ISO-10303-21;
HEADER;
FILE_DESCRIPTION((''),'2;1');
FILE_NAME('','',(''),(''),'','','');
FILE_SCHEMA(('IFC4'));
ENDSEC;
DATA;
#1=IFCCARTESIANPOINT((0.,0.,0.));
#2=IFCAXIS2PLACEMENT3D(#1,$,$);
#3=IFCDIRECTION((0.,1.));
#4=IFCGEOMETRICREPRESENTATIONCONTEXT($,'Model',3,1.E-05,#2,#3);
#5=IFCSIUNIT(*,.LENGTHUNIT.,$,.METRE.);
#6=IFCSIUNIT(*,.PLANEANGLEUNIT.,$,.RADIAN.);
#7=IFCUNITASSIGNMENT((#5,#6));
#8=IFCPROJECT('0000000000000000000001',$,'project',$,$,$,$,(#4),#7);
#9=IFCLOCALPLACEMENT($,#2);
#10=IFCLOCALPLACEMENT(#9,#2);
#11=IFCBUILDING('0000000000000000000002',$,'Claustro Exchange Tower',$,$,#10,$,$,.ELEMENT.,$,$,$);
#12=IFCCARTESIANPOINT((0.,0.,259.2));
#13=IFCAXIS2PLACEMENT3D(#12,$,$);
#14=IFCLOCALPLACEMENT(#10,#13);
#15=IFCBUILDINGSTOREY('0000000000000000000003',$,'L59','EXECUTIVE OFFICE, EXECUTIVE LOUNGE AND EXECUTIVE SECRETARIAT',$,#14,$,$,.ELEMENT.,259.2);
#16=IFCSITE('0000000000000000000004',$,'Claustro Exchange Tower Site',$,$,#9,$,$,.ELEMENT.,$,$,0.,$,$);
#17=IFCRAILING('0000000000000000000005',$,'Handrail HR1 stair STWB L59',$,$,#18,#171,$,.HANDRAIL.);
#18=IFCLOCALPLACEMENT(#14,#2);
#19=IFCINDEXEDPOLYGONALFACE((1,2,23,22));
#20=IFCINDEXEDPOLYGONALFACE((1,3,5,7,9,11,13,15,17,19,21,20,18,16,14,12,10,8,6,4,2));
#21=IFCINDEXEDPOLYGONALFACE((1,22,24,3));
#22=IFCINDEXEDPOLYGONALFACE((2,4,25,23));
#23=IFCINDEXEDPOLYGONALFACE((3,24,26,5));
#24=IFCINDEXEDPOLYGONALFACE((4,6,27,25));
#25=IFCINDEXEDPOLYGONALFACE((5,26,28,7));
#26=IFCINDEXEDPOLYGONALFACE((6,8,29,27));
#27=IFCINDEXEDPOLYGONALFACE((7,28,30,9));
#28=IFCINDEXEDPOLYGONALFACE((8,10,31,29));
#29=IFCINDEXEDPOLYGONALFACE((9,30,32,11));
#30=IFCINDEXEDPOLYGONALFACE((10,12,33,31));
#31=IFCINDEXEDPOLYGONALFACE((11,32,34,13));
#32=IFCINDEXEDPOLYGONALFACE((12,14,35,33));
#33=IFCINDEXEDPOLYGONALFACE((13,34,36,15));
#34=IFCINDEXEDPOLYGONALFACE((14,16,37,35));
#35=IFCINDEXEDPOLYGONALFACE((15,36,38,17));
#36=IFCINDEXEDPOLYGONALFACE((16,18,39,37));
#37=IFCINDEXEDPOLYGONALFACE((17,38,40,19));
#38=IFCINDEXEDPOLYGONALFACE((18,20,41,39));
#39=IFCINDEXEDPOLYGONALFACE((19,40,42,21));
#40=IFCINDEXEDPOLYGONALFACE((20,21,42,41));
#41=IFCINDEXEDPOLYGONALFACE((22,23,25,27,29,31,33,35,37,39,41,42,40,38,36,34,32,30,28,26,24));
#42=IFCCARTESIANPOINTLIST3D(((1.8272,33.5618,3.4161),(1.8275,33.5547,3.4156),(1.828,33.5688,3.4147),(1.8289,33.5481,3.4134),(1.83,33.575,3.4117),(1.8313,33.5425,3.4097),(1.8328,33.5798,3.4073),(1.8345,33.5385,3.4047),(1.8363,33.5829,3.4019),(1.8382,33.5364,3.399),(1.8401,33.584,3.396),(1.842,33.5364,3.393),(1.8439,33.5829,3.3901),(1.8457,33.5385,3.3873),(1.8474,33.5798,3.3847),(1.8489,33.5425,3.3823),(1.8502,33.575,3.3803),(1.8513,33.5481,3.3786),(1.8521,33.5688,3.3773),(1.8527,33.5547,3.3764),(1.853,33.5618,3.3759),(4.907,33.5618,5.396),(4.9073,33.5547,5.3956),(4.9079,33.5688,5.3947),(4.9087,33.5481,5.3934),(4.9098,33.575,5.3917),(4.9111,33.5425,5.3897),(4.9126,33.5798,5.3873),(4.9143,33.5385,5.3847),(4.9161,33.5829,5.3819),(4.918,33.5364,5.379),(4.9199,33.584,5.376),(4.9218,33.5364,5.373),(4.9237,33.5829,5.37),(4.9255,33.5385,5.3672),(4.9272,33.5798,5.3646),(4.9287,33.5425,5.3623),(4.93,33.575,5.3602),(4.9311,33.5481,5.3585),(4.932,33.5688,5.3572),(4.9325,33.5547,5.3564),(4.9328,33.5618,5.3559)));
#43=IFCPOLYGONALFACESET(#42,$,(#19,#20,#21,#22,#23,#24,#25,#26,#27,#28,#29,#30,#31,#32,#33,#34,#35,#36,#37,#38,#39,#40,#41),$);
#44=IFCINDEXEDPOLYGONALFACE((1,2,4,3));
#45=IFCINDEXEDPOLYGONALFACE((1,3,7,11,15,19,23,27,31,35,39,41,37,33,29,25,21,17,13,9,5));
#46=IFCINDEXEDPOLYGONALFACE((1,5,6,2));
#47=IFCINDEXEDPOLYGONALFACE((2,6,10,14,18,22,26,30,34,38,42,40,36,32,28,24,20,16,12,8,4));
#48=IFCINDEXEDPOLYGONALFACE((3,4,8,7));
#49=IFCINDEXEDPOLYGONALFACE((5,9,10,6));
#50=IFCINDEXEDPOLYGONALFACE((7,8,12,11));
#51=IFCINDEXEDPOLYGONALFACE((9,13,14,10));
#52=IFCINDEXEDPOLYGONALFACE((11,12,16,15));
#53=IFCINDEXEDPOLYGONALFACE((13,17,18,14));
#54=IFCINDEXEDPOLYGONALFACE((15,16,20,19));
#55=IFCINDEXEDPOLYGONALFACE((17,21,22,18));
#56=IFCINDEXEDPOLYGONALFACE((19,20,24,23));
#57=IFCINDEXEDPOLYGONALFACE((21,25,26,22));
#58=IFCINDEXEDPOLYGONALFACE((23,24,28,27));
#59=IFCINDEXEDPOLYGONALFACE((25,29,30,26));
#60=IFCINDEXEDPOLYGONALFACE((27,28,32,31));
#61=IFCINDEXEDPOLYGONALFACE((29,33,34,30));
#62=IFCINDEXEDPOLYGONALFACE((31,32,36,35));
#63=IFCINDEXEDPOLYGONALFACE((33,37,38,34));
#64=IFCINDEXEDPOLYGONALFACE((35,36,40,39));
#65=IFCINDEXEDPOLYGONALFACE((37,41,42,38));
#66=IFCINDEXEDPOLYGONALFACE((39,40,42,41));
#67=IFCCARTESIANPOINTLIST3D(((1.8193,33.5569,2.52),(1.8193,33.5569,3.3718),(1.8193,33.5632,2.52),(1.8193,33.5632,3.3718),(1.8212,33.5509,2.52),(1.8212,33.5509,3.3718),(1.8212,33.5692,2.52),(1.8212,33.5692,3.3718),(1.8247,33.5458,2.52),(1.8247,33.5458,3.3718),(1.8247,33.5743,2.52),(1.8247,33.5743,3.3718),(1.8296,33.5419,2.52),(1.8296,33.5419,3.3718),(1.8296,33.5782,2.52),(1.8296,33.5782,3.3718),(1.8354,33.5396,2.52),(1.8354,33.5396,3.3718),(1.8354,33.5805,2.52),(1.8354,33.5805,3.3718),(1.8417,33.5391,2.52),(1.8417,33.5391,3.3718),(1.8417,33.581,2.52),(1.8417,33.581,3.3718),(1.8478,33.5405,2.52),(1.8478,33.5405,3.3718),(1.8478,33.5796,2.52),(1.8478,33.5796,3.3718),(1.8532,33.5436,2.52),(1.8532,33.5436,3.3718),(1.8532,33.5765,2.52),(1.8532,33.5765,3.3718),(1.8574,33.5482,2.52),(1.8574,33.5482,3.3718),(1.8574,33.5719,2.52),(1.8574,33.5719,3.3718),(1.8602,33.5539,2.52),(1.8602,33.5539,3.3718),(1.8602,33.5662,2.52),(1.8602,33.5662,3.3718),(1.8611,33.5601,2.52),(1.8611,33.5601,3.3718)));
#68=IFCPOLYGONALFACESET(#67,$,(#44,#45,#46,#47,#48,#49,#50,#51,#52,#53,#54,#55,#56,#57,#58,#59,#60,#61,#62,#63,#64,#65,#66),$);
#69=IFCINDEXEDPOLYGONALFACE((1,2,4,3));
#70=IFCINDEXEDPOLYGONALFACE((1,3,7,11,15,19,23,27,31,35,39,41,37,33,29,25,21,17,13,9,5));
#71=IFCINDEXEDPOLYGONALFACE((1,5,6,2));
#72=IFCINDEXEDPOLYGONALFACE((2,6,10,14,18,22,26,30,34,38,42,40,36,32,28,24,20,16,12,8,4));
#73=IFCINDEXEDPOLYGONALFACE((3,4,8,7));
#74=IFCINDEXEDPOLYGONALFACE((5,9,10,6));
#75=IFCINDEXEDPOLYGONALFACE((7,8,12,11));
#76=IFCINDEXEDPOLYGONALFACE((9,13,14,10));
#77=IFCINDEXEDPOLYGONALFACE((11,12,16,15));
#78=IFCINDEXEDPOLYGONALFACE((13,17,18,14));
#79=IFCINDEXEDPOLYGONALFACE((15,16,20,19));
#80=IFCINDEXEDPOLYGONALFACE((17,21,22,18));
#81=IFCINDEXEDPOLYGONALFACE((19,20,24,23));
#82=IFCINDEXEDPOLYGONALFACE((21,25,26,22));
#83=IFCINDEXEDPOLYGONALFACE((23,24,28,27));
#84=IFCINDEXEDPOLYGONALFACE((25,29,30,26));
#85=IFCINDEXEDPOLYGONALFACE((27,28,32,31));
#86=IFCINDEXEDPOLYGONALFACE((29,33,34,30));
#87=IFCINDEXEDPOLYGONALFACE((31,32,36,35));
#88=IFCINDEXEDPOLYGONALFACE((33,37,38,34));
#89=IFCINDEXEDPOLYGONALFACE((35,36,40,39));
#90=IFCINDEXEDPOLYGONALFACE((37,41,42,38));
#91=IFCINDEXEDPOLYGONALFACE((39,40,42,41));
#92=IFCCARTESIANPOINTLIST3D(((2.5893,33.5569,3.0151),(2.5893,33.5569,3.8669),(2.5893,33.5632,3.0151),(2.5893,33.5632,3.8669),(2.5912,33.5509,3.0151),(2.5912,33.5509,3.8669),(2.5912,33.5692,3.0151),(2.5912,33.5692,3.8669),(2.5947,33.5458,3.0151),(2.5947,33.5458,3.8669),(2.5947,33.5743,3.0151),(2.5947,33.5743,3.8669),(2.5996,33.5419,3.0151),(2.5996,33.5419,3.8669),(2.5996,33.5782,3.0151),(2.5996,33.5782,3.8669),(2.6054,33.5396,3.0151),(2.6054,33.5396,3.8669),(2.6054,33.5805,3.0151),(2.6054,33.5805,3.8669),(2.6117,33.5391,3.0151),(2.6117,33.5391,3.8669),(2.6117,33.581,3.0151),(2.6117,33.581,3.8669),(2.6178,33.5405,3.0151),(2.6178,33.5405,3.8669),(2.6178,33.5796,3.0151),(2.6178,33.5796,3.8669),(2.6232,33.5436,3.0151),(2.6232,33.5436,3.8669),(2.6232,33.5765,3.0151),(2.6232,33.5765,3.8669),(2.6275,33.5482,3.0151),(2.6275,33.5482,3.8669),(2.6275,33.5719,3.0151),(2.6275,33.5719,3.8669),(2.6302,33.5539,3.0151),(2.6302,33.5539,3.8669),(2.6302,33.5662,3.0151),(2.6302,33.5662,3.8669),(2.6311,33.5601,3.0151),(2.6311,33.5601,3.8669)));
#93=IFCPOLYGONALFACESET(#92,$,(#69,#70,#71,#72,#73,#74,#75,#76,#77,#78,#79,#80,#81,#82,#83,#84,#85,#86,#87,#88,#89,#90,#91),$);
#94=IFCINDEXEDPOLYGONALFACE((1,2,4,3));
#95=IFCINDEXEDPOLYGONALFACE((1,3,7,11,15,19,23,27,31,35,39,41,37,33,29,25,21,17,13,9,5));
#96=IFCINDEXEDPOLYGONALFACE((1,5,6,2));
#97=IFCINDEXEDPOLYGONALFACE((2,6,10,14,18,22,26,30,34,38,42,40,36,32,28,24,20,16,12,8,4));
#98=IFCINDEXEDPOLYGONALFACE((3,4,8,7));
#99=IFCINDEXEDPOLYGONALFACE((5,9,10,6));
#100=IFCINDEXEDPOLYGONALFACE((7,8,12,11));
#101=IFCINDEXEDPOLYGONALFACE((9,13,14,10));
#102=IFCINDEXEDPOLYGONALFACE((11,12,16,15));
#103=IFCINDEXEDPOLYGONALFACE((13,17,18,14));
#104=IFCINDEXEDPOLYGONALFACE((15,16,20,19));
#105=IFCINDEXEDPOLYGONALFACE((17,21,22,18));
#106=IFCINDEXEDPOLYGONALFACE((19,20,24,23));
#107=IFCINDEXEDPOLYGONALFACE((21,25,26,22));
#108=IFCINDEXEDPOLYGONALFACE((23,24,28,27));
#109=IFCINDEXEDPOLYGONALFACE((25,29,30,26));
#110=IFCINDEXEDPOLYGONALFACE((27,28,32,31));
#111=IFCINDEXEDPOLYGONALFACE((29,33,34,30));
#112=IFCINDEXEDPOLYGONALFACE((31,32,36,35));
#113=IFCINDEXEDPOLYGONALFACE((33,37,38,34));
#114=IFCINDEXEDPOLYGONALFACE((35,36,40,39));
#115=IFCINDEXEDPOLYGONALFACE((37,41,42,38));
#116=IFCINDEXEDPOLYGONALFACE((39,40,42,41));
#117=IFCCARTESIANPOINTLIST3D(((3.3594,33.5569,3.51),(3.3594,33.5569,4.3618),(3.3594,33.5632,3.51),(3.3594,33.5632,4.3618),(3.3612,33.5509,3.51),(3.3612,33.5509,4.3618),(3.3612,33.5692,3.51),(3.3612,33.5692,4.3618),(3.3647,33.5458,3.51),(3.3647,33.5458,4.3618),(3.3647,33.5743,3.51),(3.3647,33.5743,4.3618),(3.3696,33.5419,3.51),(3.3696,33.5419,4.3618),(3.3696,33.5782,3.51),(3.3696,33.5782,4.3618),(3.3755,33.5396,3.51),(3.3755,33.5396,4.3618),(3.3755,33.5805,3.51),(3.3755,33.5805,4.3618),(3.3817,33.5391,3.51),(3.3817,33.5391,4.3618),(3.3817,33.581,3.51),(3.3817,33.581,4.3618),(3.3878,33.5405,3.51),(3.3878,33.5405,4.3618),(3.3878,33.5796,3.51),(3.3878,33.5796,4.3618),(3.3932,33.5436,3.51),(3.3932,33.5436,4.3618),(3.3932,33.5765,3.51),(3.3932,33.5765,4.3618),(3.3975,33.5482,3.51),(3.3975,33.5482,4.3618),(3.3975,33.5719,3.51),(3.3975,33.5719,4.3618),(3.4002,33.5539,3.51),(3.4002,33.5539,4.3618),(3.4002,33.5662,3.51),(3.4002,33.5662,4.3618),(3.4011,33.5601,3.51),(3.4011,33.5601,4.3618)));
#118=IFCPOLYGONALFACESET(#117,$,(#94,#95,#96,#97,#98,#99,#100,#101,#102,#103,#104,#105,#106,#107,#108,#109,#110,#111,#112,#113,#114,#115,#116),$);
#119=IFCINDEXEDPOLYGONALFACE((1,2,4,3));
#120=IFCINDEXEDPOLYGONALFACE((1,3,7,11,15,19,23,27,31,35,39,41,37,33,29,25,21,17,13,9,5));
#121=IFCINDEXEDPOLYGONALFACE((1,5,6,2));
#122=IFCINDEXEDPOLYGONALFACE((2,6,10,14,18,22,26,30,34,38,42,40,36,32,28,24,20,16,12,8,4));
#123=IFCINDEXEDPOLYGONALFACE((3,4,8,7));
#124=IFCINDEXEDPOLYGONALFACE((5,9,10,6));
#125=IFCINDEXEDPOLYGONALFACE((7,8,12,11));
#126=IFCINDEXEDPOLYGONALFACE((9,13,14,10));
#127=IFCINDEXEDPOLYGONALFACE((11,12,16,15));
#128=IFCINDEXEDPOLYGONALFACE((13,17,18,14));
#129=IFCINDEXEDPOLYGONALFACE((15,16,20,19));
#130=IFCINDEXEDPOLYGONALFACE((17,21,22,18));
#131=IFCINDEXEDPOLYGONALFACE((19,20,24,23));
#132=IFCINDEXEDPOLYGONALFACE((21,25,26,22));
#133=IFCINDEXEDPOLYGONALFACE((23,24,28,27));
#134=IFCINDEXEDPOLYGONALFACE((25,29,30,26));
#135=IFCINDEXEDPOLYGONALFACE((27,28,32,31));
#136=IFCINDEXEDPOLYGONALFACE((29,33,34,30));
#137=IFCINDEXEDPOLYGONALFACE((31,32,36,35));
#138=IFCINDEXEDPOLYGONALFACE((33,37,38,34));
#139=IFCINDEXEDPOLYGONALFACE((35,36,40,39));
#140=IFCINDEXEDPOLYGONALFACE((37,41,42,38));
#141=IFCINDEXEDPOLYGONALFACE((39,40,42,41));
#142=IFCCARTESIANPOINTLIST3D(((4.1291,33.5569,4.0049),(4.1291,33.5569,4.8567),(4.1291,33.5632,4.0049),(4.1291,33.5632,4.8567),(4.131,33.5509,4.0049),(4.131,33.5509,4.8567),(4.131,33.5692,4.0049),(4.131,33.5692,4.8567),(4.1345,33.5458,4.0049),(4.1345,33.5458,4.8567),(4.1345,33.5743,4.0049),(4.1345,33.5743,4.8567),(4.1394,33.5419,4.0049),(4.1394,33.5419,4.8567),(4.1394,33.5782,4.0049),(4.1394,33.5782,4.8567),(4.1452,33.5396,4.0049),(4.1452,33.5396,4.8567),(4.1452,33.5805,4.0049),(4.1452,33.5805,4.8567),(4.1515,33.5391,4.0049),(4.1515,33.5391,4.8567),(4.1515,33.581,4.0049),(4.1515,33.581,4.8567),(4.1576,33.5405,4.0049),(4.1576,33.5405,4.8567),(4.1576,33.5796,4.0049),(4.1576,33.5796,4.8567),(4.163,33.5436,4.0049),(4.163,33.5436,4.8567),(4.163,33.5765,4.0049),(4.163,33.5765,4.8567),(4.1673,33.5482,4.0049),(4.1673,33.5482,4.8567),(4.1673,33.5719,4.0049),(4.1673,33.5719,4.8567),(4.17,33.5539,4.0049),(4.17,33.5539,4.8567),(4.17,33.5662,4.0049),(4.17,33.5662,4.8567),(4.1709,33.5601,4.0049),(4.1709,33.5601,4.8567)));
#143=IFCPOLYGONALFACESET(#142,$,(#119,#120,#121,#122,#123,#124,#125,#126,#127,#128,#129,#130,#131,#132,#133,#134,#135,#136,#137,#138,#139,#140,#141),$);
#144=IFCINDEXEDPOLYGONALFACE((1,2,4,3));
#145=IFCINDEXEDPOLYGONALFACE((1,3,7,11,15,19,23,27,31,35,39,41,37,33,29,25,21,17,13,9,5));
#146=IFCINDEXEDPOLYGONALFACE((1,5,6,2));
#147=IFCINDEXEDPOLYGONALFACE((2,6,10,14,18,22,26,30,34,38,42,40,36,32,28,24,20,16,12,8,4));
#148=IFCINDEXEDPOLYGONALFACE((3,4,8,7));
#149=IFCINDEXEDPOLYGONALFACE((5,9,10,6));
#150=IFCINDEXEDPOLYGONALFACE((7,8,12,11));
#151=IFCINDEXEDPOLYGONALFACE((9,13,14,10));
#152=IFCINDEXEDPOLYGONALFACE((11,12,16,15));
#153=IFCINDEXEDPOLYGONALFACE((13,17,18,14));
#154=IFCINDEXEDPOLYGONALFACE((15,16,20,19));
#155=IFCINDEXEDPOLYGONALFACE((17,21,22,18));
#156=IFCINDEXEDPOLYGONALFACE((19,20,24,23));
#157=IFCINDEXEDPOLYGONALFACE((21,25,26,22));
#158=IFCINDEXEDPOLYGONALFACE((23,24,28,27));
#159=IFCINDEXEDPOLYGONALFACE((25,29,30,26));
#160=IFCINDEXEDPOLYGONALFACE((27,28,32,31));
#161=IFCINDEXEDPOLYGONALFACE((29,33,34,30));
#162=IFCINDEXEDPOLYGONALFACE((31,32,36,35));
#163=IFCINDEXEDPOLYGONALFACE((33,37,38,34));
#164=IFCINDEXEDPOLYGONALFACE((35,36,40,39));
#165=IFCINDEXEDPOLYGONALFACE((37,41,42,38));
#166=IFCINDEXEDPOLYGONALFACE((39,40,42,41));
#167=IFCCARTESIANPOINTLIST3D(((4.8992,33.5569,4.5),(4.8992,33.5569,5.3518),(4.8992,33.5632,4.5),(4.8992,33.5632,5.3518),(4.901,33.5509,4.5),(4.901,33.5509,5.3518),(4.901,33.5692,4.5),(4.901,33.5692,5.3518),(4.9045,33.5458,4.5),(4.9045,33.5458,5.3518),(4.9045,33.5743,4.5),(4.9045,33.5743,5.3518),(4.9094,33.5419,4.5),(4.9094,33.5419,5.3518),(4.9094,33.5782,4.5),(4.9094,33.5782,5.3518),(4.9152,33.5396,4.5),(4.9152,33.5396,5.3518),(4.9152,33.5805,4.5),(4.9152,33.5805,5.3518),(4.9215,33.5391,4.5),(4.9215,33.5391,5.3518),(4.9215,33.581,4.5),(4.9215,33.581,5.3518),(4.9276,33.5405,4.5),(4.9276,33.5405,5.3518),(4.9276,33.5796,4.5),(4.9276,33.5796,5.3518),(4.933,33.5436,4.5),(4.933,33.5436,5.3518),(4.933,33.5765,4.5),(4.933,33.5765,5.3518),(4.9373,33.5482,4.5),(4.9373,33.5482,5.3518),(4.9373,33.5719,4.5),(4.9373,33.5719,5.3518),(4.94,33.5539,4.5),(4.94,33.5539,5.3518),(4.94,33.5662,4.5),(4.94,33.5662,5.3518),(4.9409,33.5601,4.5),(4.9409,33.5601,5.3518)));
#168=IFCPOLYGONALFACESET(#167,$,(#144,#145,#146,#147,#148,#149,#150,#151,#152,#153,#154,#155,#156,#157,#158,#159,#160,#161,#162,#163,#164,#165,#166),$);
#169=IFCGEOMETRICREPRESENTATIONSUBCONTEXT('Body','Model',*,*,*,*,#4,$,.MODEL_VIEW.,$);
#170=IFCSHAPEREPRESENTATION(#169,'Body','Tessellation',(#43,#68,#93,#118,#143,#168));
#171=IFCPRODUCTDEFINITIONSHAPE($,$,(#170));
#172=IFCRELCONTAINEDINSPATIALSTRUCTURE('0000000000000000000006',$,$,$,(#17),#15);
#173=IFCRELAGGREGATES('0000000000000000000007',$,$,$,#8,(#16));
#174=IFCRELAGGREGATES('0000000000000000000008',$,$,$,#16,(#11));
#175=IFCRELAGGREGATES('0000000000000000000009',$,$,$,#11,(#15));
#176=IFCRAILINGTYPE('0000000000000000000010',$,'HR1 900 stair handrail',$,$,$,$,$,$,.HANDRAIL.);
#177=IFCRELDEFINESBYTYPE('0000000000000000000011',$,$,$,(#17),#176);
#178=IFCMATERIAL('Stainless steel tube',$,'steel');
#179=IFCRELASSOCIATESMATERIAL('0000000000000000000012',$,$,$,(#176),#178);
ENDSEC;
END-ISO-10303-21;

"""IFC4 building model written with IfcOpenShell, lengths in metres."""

from ifc_helpers import new_model, si_unit, direction, frame, origin, origin_2d, place, context, subcontext, project, spatial, circle, extrude, material, type_object, element, save


model = new_model("IFC4")

# Units and contexts
model_context = context("Model", 3, precision=1e-05, world=origin(), true_north=direction((0.0, 1.0)))
body_context = subcontext(model_context, "Body", "Model", "MODEL_VIEW")
ifc_project = project(units=[si_unit("LENGTHUNIT", "METRE"), si_unit("PLANEANGLEUNIT", "RADIAN")], contexts=[model_context])

# Site, building, storey
site_placement = place(None, origin())
site = spatial("IfcSite", under=ifc_project, at=site_placement, Name="Claustro Exchange Tower Site", CompositionType="ELEMENT", RefElevation=0.0)
building_placement = place(site_placement, origin())
building = spatial("IfcBuilding", under=site, at=building_placement, Name="Claustro Exchange Tower", CompositionType="ELEMENT")
storey_placement = place(building_placement, frame((0.0, 0.0, 259.2)))
storey = spatial("IfcBuildingStorey", under=building, at=storey_placement, Name="L59", Description="EXECUTIVE OFFICE, EXECUTIVE LOUNGE AND EXECUTIVE SECRETARIAT", CompositionType="ELEMENT", Elevation=259.2)

# Railing
ifc_material_1 = material(Name="Stainless steel tube", Category="steel")
railing_type_1 = type_object("IfcRailingType", Name="HR1 900 stair handrail", PredefinedType="HANDRAIL", material=ifc_material_1)
railing_1_placement = place(storey_placement, frame((1.8401, 33.5601, 2.52)))
element("IfcRailing", 1, at=railing_1_placement, inside=storey, type_object=railing_type_1, Name="Handrail HR1 stair STWB L59", PredefinedType="HANDRAIL", context=body_context, shape_type="SweptSolid", body=[
    extrude(circle(Radius=0.0239, at=origin_2d()), frame((0.0, 0.0, 0.876), z_axis=(0.841168, 0.0, 0.540774), x_axis=(0.0, 1.0, 0.0)), (0.0, 0.0, 1.0), 3.6614),
    extrude(circle(Radius=0.021, at=origin_2d()), origin(), (0.0, 0.0, 1.0), 0.8518),
    extrude(circle(Radius=0.021, at=origin_2d()), frame((0.77, 0.0, 0.4951)), (0.0, 0.0, 1.0), 0.8518),
    extrude(circle(Radius=0.021, at=origin_2d()), frame((1.54, 0.0, 0.99)), (0.0, 0.0, 1.0), 0.8518),
    extrude(circle(Radius=0.021, at=origin_2d()), frame((2.3098, 0.0, 1.4849)), (0.0, 0.0, 1.0), 0.8518),
    extrude(circle(Radius=0.021, at=origin_2d()), frame((3.0798, 0.0, 1.98)), (0.0, 0.0, 1.0), 0.8518),
])

save(model, "model.ifc")
